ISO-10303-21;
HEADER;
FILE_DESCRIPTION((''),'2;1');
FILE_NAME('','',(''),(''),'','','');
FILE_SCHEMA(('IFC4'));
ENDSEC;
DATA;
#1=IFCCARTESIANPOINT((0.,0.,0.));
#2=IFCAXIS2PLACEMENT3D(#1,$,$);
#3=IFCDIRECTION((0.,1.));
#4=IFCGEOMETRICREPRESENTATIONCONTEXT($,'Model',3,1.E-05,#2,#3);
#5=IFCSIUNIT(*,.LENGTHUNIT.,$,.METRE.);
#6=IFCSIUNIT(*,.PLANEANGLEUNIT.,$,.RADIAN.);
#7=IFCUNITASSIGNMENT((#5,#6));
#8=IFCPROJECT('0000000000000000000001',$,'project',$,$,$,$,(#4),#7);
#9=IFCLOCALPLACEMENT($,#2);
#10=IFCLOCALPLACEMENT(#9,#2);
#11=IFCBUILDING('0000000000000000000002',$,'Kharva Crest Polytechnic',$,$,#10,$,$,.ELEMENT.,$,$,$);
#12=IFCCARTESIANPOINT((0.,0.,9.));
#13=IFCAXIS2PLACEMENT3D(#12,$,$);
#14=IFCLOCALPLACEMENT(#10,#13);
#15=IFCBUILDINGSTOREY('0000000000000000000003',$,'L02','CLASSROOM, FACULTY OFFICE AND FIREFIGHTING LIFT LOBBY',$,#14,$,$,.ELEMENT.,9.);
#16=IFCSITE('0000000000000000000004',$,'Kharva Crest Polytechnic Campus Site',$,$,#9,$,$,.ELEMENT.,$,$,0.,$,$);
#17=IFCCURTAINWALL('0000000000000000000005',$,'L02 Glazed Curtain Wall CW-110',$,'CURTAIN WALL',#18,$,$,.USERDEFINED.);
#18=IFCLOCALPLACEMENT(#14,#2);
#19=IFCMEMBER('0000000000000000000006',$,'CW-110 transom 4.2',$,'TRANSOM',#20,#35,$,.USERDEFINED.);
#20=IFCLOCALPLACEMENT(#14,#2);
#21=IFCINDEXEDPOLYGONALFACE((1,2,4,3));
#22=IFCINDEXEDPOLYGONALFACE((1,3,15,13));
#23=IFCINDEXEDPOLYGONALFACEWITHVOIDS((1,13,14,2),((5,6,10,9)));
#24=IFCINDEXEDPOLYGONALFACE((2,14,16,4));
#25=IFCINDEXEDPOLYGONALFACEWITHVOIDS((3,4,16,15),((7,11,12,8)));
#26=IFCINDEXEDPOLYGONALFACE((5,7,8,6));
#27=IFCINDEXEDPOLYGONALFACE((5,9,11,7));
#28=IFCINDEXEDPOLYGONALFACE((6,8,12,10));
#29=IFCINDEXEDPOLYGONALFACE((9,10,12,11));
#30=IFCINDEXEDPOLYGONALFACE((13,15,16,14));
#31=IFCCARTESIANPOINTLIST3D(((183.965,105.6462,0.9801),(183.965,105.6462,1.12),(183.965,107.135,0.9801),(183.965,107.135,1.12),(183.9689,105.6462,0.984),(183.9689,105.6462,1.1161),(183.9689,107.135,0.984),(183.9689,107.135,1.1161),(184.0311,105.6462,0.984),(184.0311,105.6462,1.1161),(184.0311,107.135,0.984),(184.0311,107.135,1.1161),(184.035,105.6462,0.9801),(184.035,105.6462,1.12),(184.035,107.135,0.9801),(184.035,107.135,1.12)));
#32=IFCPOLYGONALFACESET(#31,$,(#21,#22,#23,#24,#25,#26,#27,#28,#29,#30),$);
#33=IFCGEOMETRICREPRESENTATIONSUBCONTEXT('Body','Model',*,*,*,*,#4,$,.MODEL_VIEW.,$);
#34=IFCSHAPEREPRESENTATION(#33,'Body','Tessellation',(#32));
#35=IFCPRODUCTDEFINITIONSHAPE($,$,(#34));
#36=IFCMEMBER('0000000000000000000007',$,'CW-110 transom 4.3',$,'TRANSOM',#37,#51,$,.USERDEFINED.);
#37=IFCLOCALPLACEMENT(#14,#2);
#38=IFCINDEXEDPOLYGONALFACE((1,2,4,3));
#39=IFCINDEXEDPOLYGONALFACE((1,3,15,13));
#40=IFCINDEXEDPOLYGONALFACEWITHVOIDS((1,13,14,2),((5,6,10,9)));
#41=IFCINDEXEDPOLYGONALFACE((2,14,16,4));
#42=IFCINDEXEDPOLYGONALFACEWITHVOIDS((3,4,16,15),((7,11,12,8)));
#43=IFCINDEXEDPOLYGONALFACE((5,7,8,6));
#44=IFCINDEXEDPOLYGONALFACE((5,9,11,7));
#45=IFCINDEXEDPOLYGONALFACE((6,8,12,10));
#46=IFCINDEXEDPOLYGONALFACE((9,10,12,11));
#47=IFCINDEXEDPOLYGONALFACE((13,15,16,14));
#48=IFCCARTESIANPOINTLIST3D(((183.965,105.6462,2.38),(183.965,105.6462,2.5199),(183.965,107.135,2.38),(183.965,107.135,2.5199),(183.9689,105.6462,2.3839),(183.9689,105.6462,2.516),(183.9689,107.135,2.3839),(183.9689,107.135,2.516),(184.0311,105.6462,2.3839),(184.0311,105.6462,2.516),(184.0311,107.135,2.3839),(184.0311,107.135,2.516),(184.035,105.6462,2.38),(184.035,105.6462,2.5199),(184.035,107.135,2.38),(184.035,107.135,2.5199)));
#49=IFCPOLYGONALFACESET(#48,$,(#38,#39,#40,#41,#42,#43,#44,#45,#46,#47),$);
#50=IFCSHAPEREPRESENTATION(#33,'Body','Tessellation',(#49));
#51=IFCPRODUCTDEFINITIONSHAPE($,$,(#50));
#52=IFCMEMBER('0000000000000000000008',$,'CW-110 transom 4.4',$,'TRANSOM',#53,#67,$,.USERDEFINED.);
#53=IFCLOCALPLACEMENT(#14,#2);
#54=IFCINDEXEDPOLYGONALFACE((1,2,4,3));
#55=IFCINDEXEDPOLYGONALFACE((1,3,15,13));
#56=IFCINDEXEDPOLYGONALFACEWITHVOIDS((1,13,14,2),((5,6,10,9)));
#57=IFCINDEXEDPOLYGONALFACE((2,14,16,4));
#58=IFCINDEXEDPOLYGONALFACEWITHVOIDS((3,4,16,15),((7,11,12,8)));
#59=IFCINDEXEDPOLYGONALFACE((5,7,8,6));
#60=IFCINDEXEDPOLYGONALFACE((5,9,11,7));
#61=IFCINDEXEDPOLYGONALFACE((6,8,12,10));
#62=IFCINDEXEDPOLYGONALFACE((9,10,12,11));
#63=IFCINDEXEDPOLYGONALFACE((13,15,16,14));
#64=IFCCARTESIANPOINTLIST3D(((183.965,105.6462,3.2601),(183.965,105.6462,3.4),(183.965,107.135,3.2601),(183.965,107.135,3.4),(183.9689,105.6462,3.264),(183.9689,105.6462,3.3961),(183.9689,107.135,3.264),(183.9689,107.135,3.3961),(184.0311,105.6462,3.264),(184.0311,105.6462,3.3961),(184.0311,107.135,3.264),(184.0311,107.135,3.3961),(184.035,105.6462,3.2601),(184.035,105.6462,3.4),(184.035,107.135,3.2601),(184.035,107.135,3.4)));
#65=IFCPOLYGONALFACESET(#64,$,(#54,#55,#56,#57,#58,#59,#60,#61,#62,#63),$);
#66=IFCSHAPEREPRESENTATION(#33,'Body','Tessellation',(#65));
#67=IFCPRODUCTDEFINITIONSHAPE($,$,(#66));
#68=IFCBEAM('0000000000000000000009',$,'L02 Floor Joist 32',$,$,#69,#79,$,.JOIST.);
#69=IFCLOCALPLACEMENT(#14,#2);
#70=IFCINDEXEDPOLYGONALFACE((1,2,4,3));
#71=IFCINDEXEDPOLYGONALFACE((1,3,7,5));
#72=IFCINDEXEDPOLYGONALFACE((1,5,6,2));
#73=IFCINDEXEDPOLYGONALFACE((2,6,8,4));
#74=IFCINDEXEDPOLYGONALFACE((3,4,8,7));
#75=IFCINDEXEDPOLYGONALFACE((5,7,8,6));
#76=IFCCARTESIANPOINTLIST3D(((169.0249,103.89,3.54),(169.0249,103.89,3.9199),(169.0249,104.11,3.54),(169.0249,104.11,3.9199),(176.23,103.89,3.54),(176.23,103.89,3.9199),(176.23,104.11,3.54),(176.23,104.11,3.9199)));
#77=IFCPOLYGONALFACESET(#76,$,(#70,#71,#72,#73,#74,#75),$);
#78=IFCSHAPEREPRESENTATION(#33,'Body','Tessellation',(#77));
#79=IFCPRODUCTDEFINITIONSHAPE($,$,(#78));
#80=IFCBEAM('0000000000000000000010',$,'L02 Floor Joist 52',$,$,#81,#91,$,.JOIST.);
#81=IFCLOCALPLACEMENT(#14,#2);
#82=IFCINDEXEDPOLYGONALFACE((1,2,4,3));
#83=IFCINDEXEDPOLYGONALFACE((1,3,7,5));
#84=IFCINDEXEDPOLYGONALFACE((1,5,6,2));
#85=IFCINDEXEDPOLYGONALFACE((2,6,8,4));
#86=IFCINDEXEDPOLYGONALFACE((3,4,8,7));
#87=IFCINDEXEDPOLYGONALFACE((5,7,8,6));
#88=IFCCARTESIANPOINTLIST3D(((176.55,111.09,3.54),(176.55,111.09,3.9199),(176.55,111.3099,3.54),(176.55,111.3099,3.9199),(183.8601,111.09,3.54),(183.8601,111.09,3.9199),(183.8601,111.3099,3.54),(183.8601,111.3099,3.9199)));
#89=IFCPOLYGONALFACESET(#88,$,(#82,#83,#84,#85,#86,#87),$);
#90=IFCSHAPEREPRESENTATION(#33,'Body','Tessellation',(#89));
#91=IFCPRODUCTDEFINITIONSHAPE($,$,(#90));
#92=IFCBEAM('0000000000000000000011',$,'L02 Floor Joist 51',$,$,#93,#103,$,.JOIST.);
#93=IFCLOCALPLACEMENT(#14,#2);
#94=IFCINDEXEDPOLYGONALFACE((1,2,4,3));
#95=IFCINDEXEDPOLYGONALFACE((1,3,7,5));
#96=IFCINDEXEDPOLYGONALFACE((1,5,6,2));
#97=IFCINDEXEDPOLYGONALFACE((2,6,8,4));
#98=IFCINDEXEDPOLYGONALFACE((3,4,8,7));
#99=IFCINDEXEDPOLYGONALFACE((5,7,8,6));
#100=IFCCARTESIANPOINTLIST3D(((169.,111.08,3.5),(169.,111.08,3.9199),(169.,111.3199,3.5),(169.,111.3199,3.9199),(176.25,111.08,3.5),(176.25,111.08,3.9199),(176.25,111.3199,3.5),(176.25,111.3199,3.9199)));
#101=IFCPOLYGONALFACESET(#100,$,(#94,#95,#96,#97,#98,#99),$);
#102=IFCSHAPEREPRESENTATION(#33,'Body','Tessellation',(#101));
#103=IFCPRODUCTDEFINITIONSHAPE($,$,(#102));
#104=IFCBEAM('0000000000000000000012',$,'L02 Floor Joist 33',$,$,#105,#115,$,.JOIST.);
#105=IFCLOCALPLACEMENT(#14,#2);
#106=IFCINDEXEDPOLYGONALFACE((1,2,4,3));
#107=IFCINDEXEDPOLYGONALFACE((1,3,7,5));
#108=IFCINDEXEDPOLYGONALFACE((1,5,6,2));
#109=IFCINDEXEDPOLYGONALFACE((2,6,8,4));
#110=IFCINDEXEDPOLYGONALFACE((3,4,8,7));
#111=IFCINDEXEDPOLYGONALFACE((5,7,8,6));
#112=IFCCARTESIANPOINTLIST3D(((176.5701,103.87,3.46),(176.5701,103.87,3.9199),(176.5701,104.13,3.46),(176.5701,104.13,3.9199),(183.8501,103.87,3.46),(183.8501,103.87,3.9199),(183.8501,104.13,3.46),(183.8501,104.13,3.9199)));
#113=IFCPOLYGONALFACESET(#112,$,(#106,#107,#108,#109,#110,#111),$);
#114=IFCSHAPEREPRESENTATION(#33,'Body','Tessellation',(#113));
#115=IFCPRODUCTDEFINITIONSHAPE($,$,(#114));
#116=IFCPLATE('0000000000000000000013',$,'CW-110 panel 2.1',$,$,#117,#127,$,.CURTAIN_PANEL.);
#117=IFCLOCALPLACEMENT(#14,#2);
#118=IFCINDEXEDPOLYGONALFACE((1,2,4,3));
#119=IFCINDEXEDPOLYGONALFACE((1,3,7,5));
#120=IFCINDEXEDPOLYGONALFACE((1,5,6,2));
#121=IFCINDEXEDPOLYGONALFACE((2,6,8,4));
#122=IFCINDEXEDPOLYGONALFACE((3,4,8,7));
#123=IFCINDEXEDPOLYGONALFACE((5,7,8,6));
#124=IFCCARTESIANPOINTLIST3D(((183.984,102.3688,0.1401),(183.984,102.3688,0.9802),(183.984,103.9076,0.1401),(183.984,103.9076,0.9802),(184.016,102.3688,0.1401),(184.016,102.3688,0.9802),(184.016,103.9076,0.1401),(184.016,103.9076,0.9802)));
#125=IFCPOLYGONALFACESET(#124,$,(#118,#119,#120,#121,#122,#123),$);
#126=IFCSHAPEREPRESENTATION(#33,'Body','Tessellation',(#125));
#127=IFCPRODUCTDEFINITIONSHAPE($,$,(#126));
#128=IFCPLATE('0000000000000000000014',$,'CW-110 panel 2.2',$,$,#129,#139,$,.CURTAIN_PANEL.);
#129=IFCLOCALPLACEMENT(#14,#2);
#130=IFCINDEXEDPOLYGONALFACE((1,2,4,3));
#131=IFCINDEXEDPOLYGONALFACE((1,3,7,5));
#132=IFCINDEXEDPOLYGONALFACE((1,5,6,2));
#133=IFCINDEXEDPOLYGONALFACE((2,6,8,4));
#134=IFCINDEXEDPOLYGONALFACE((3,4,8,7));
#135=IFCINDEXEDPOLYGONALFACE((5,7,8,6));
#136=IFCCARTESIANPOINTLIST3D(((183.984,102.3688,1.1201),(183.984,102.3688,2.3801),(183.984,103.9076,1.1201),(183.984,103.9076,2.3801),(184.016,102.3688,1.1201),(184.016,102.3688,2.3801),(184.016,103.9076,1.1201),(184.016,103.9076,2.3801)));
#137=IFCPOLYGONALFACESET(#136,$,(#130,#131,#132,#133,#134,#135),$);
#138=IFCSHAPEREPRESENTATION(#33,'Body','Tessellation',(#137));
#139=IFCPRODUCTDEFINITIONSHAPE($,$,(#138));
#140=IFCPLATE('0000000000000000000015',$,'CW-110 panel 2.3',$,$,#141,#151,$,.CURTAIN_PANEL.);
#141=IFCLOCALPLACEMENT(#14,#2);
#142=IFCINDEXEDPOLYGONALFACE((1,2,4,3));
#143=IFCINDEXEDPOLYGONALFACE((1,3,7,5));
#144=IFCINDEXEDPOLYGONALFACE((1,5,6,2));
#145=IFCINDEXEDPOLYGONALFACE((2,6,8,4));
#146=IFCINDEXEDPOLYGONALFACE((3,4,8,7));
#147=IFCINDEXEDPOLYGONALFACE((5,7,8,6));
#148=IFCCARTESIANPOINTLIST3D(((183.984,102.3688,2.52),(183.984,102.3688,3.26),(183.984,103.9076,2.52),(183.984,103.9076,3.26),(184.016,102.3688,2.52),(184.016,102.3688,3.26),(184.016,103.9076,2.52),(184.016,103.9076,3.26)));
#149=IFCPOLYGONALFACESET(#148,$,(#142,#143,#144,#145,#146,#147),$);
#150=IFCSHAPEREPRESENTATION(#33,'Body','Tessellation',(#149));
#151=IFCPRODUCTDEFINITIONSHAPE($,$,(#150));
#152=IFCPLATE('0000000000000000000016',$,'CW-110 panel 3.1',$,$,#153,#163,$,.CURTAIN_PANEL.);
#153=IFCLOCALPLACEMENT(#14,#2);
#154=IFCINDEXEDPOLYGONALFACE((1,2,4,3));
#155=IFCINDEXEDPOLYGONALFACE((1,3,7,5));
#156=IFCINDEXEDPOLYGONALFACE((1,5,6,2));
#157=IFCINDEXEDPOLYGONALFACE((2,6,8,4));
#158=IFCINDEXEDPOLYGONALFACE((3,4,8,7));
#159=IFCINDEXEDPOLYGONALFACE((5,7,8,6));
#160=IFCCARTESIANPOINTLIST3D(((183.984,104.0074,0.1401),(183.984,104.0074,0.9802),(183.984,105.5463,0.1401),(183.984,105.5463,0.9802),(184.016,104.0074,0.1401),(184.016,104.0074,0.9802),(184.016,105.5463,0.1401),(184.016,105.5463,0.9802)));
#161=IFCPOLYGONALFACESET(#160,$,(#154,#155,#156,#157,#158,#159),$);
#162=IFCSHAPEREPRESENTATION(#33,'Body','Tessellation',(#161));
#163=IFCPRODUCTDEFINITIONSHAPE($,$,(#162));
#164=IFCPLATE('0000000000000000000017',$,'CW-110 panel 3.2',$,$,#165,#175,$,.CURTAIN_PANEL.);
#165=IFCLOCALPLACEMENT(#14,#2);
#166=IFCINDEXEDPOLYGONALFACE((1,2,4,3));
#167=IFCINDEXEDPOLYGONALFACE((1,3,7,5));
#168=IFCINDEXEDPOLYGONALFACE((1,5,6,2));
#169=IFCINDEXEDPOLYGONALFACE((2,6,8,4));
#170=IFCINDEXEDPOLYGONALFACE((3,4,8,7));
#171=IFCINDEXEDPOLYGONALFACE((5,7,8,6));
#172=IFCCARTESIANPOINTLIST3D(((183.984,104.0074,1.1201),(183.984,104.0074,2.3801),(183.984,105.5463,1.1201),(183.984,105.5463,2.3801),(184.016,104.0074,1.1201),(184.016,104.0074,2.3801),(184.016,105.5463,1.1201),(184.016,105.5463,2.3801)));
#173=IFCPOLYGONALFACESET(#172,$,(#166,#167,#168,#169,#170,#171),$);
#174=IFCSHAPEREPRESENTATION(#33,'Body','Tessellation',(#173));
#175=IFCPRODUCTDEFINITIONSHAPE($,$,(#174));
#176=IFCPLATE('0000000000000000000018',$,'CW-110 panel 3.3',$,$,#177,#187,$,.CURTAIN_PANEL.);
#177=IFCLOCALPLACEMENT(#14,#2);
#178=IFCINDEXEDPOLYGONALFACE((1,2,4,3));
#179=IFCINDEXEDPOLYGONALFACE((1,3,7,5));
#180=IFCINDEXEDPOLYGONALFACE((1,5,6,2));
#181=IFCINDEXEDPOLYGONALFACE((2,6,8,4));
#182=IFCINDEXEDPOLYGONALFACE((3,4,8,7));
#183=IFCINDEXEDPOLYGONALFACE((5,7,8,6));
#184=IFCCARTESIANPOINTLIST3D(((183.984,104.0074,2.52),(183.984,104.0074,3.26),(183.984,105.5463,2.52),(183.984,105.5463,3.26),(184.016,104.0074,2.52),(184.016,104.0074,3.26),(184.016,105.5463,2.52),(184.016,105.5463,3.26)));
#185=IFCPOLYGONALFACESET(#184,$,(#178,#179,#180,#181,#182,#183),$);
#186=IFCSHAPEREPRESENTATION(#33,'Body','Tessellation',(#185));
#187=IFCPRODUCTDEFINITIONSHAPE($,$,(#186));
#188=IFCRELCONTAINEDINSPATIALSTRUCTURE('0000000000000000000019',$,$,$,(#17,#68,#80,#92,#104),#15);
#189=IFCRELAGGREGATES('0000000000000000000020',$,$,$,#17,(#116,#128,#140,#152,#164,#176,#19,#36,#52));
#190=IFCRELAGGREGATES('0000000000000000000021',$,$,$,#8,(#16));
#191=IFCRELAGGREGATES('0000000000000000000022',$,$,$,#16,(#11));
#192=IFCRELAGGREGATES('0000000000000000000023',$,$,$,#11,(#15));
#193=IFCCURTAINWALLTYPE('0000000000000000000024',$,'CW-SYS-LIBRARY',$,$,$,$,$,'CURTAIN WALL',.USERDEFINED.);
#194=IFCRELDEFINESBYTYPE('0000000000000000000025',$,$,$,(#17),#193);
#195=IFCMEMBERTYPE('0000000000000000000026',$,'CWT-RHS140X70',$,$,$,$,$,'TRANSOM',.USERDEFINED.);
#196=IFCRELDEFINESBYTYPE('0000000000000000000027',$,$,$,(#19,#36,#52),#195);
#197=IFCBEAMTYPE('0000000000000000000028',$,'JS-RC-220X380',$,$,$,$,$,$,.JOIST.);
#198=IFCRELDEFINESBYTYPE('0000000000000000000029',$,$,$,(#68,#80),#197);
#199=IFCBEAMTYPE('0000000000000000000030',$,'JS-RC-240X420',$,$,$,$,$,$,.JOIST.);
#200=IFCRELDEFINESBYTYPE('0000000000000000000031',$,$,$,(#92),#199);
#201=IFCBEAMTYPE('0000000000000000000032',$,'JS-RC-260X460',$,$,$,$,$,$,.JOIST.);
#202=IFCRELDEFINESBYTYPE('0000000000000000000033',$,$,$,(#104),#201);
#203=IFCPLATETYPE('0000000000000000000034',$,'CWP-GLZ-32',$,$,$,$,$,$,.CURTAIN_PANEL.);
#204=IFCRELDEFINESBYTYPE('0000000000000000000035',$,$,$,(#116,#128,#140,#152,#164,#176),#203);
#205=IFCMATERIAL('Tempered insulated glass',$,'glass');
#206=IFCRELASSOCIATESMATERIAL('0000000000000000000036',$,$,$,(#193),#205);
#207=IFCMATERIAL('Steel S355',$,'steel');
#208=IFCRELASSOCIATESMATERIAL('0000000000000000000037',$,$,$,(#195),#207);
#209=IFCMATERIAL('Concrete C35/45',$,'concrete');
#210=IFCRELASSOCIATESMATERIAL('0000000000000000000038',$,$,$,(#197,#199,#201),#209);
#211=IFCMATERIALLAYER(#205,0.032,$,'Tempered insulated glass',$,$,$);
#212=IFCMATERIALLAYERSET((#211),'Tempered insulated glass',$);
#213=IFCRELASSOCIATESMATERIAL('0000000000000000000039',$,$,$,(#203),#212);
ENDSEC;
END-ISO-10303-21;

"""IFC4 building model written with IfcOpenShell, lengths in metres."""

from ifc_helpers import new_model, si_unit, direction, frame, origin, origin_2d, place, context, subcontext, project, spatial, rectangle, hollow_rectangle, extrude, material, layer, layer_set, material_profile, profile_set, type_object, element, aggregate, save


model = new_model("IFC4")

# Units and contexts
model_context = context("Model", 3, precision=1e-05, world=origin(), true_north=direction((0.0, 1.0)))
body_context = subcontext(model_context, "Body", "Model", "MODEL_VIEW")
ifc_project = project(units=[si_unit("LENGTHUNIT", "METRE"), si_unit("PLANEANGLEUNIT", "RADIAN")], contexts=[model_context])

# Site, building, storey
site_placement = place(None, origin())
site = spatial("IfcSite", under=ifc_project, at=site_placement, Name="Kharva Crest Polytechnic Campus Site", CompositionType="ELEMENT", RefElevation=0.0)
building_placement = place(site_placement, origin())
building = spatial("IfcBuilding", under=site, at=building_placement, Name="Kharva Crest Polytechnic", CompositionType="ELEMENT")
storey_placement = place(building_placement, frame((0.0, 0.0, 9.0)))
storey = spatial("IfcBuildingStorey", under=building, at=storey_placement, Name="L02", Description="CLASSROOM, FACULTY OFFICE AND FIREFIGHTING LIFT LOBBY", CompositionType="ELEMENT", Elevation=9.0)

# Shared definitions
ifc_material_1 = material(Name="Concrete C35/45", Category="concrete")

# Curtain wall, members
ifc_material_2 = material(Name="Tempered insulated glass", Category="glass")
curtain_wall_type = type_object("IfcCurtainWallType", Name="CW-SYS-LIBRARY", ElementType="CURTAIN WALL", PredefinedType="USERDEFINED", material=ifc_material_2)
curtain_wall_placement = place(storey_placement, origin())
curtain_wall = element("IfcCurtainWall", 1, at=curtain_wall_placement, inside=storey, type_object=curtain_wall_type, Name="L02 Glazed Curtain Wall CW-110", ObjectType="CURTAIN WALL", PredefinedType="USERDEFINED")
ifc_material_3 = material(Name="Steel S355", Category="steel")
ifc_material_profile_1 = material_profile(ifc_material_3, hollow_rectangle(XDim=0.0701, YDim=0.1399, WallThickness=0.0039, at=origin_2d()), Name="RHS 140X70X4.0")
ifc_profile_set_1 = profile_set([ifc_material_profile_1], Name="Steel S355")
member_type_1 = type_object("IfcMemberType", Name="CWT-RHS140X70", ElementType="TRANSOM", PredefinedType="USERDEFINED", material=ifc_profile_set_1)
member_1_placement = place(storey_placement, frame((184.0, 105.6462, 1.05), z_axis=(0.0, 1.0, 0.0), x_axis=(-1.0, 0.0, 0.0)))
member_1 = element("IfcMember", 2, at=member_1_placement, type_object=member_type_1, Name="CW-110 transom 4.2", ObjectType="TRANSOM", PredefinedType="USERDEFINED", context=body_context, shape_type="SweptSolid", body=[
    extrude(hollow_rectangle(XDim=0.0701, YDim=0.1399, WallThickness=0.0039, at=origin_2d()), origin(), (0.0, 0.0, 1.0), 1.4888),
])
member_2_placement = place(storey_placement, frame((184.0, 105.6462, 2.45), z_axis=(0.0, 1.0, 0.0), x_axis=(-1.0, 0.0, 0.0)))
member_2 = element("IfcMember", 3, at=member_2_placement, type_object=member_type_1, Name="CW-110 transom 4.3", ObjectType="TRANSOM", PredefinedType="USERDEFINED", context=body_context, shape_type="SweptSolid", body=[
    extrude(hollow_rectangle(XDim=0.0701, YDim=0.1399, WallThickness=0.0039, at=origin_2d()), origin(), (0.0, 0.0, 1.0), 1.4888),
])
member_3_placement = place(storey_placement, frame((184.0, 105.6462, 3.3301), z_axis=(0.0, 1.0, 0.0), x_axis=(-1.0, 0.0, 0.0)))
member_3 = element("IfcMember", 4, at=member_3_placement, type_object=member_type_1, Name="CW-110 transom 4.4", ObjectType="TRANSOM", PredefinedType="USERDEFINED", context=body_context, shape_type="SweptSolid", body=[
    extrude(hollow_rectangle(XDim=0.0701, YDim=0.1399, WallThickness=0.0039, at=origin_2d()), origin(), (0.0, 0.0, 1.0), 1.4888),
])

# Beams
ifc_material_profile_2 = material_profile(ifc_material_1, rectangle(XDim=0.22, YDim=0.3799, at=origin_2d()), Name="RECT 220 X 380")
ifc_profile_set_2 = profile_set([ifc_material_profile_2], Name="Concrete C35/45")
beam_type_1 = type_object("IfcBeamType", Name="JS-RC-220X380", PredefinedType="JOIST", material=ifc_profile_set_2)
beam_1_placement = place(storey_placement, frame((169.0249, 104.0, 3.73), z_axis=(1.0, 0.0, 0.0), x_axis=(0.0, 1.0, 0.0)))
element("IfcBeam", 5, at=beam_1_placement, inside=storey, type_object=beam_type_1, Name="L02 Floor Joist 32", PredefinedType="JOIST", context=body_context, shape_type="SweptSolid", body=[
    extrude(rectangle(XDim=0.22, YDim=0.3799, at=origin_2d()), origin(), (0.0, 0.0, 1.0), 7.2051),
])
beam_2_placement = place(storey_placement, frame((176.55, 111.2, 3.73), z_axis=(1.0, 0.0, 0.0), x_axis=(0.0, 1.0, 0.0)))
element("IfcBeam", 6, at=beam_2_placement, inside=storey, type_object=beam_type_1, Name="L02 Floor Joist 52", PredefinedType="JOIST", context=body_context, shape_type="SweptSolid", body=[
    extrude(rectangle(XDim=0.22, YDim=0.3799, at=origin_2d()), origin(), (0.0, 0.0, 1.0), 7.3101),
])
ifc_material_profile_3 = material_profile(ifc_material_1, rectangle(XDim=0.24, YDim=0.4199, at=origin_2d()), Name="RECT 240 X 420")
ifc_profile_set_3 = profile_set([ifc_material_profile_3], Name="Concrete C35/45")
beam_type_2 = type_object("IfcBeamType", Name="JS-RC-240X420", PredefinedType="JOIST", material=ifc_profile_set_3)
beam_3_placement = place(storey_placement, frame((169.0, 111.2, 3.71), z_axis=(1.0, 0.0, 0.0), x_axis=(0.0, 1.0, 0.0)))
element("IfcBeam", 7, at=beam_3_placement, inside=storey, type_object=beam_type_2, Name="L02 Floor Joist 51", PredefinedType="JOIST", context=body_context, shape_type="SweptSolid", body=[
    extrude(rectangle(XDim=0.24, YDim=0.4199, at=origin_2d()), origin(), (0.0, 0.0, 1.0), 7.25),
])
ifc_material_profile_4 = material_profile(ifc_material_1, rectangle(XDim=0.26, YDim=0.46, at=origin_2d()), Name="RECT 260 X 460")
ifc_profile_set_4 = profile_set([ifc_material_profile_4], Name="Concrete C35/45")
beam_type_3 = type_object("IfcBeamType", Name="JS-RC-260X460", PredefinedType="JOIST", material=ifc_profile_set_4)
beam_4_placement = place(storey_placement, frame((176.5701, 104.0, 3.6899), z_axis=(1.0, 0.0, 0.0), x_axis=(0.0, 1.0, 0.0)))
element("IfcBeam", 8, at=beam_4_placement, inside=storey, type_object=beam_type_3, Name="L02 Floor Joist 33", PredefinedType="JOIST", context=body_context, shape_type="SweptSolid", body=[
    extrude(rectangle(XDim=0.26, YDim=0.46, at=origin_2d()), origin(), (0.0, 0.0, 1.0), 7.28),
])

# Plates
ifc_layer = layer(ifc_material_2, 0.032, Name="Tempered insulated glass")
ifc_layer_set = layer_set([ifc_layer], Name="Tempered insulated glass")
plate_type = type_object("IfcPlateType", Name="CWP-GLZ-32", PredefinedType="CURTAIN_PANEL", material=ifc_layer_set)
plate_1_placement = place(storey_placement, frame((184.0, 103.1382, 0.1401), z_axis=(0.0, 0.0, 1.0), x_axis=(0.0, 1.0, 0.0)))
plate_1 = element("IfcPlate", 9, at=plate_1_placement, type_object=plate_type, Name="CW-110 panel 2.1", PredefinedType="CURTAIN_PANEL", context=body_context, shape_type="SweptSolid", body=[
    extrude(rectangle(XDim=1.5388, YDim=0.032, at=origin_2d()), origin(), (0.0, 0.0, 1.0), 0.8401),
])
plate_2_placement = place(storey_placement, frame((184.0, 103.1382, 1.1201), z_axis=(0.0, 0.0, 1.0), x_axis=(0.0, 1.0, 0.0)))
plate_2 = element("IfcPlate", 10, at=plate_2_placement, type_object=plate_type, Name="CW-110 panel 2.2", PredefinedType="CURTAIN_PANEL", context=body_context, shape_type="SweptSolid", body=[
    extrude(rectangle(XDim=1.5388, YDim=0.032, at=origin_2d()), origin(), (0.0, 0.0, 1.0), 1.26),
])
plate_3_placement = place(storey_placement, frame((184.0, 103.1382, 2.52), z_axis=(0.0, 0.0, 1.0), x_axis=(0.0, 1.0, 0.0)))
plate_3 = element("IfcPlate", 11, at=plate_3_placement, type_object=plate_type, Name="CW-110 panel 2.3", PredefinedType="CURTAIN_PANEL", context=body_context, shape_type="SweptSolid", body=[
    extrude(rectangle(XDim=1.5388, YDim=0.032, at=origin_2d()), origin(), (0.0, 0.0, 1.0), 0.74),
])
plate_4_placement = place(storey_placement, frame((184.0, 104.7769, 0.1401), z_axis=(0.0, 0.0, 1.0), x_axis=(0.0, 1.0, 0.0)))
plate_4 = element("IfcPlate", 12, at=plate_4_placement, type_object=plate_type, Name="CW-110 panel 3.1", PredefinedType="CURTAIN_PANEL", context=body_context, shape_type="SweptSolid", body=[
    extrude(rectangle(XDim=1.5388, YDim=0.032, at=origin_2d()), origin(), (0.0, 0.0, 1.0), 0.8401),
])
plate_5_placement = place(storey_placement, frame((184.0, 104.7769, 1.1201), z_axis=(0.0, 0.0, 1.0), x_axis=(0.0, 1.0, 0.0)))
plate_5 = element("IfcPlate", 13, at=plate_5_placement, type_object=plate_type, Name="CW-110 panel 3.2", PredefinedType="CURTAIN_PANEL", context=body_context, shape_type="SweptSolid", body=[
    extrude(rectangle(XDim=1.5388, YDim=0.032, at=origin_2d()), origin(), (0.0, 0.0, 1.0), 1.26),
])
plate_6_placement = place(storey_placement, frame((184.0, 104.7769, 2.52), z_axis=(0.0, 0.0, 1.0), x_axis=(0.0, 1.0, 0.0)))
plate_6 = element("IfcPlate", 14, at=plate_6_placement, type_object=plate_type, Name="CW-110 panel 3.3", PredefinedType="CURTAIN_PANEL", context=body_context, shape_type="SweptSolid", body=[
    extrude(rectangle(XDim=1.5388, YDim=0.032, at=origin_2d()), origin(), (0.0, 0.0, 1.0), 0.74),
])
aggregate(curtain_wall, [plate_1, plate_2, plate_3, plate_4, plate_5, plate_6, member_1, member_2, member_3])

save(model, "model.ifc")
